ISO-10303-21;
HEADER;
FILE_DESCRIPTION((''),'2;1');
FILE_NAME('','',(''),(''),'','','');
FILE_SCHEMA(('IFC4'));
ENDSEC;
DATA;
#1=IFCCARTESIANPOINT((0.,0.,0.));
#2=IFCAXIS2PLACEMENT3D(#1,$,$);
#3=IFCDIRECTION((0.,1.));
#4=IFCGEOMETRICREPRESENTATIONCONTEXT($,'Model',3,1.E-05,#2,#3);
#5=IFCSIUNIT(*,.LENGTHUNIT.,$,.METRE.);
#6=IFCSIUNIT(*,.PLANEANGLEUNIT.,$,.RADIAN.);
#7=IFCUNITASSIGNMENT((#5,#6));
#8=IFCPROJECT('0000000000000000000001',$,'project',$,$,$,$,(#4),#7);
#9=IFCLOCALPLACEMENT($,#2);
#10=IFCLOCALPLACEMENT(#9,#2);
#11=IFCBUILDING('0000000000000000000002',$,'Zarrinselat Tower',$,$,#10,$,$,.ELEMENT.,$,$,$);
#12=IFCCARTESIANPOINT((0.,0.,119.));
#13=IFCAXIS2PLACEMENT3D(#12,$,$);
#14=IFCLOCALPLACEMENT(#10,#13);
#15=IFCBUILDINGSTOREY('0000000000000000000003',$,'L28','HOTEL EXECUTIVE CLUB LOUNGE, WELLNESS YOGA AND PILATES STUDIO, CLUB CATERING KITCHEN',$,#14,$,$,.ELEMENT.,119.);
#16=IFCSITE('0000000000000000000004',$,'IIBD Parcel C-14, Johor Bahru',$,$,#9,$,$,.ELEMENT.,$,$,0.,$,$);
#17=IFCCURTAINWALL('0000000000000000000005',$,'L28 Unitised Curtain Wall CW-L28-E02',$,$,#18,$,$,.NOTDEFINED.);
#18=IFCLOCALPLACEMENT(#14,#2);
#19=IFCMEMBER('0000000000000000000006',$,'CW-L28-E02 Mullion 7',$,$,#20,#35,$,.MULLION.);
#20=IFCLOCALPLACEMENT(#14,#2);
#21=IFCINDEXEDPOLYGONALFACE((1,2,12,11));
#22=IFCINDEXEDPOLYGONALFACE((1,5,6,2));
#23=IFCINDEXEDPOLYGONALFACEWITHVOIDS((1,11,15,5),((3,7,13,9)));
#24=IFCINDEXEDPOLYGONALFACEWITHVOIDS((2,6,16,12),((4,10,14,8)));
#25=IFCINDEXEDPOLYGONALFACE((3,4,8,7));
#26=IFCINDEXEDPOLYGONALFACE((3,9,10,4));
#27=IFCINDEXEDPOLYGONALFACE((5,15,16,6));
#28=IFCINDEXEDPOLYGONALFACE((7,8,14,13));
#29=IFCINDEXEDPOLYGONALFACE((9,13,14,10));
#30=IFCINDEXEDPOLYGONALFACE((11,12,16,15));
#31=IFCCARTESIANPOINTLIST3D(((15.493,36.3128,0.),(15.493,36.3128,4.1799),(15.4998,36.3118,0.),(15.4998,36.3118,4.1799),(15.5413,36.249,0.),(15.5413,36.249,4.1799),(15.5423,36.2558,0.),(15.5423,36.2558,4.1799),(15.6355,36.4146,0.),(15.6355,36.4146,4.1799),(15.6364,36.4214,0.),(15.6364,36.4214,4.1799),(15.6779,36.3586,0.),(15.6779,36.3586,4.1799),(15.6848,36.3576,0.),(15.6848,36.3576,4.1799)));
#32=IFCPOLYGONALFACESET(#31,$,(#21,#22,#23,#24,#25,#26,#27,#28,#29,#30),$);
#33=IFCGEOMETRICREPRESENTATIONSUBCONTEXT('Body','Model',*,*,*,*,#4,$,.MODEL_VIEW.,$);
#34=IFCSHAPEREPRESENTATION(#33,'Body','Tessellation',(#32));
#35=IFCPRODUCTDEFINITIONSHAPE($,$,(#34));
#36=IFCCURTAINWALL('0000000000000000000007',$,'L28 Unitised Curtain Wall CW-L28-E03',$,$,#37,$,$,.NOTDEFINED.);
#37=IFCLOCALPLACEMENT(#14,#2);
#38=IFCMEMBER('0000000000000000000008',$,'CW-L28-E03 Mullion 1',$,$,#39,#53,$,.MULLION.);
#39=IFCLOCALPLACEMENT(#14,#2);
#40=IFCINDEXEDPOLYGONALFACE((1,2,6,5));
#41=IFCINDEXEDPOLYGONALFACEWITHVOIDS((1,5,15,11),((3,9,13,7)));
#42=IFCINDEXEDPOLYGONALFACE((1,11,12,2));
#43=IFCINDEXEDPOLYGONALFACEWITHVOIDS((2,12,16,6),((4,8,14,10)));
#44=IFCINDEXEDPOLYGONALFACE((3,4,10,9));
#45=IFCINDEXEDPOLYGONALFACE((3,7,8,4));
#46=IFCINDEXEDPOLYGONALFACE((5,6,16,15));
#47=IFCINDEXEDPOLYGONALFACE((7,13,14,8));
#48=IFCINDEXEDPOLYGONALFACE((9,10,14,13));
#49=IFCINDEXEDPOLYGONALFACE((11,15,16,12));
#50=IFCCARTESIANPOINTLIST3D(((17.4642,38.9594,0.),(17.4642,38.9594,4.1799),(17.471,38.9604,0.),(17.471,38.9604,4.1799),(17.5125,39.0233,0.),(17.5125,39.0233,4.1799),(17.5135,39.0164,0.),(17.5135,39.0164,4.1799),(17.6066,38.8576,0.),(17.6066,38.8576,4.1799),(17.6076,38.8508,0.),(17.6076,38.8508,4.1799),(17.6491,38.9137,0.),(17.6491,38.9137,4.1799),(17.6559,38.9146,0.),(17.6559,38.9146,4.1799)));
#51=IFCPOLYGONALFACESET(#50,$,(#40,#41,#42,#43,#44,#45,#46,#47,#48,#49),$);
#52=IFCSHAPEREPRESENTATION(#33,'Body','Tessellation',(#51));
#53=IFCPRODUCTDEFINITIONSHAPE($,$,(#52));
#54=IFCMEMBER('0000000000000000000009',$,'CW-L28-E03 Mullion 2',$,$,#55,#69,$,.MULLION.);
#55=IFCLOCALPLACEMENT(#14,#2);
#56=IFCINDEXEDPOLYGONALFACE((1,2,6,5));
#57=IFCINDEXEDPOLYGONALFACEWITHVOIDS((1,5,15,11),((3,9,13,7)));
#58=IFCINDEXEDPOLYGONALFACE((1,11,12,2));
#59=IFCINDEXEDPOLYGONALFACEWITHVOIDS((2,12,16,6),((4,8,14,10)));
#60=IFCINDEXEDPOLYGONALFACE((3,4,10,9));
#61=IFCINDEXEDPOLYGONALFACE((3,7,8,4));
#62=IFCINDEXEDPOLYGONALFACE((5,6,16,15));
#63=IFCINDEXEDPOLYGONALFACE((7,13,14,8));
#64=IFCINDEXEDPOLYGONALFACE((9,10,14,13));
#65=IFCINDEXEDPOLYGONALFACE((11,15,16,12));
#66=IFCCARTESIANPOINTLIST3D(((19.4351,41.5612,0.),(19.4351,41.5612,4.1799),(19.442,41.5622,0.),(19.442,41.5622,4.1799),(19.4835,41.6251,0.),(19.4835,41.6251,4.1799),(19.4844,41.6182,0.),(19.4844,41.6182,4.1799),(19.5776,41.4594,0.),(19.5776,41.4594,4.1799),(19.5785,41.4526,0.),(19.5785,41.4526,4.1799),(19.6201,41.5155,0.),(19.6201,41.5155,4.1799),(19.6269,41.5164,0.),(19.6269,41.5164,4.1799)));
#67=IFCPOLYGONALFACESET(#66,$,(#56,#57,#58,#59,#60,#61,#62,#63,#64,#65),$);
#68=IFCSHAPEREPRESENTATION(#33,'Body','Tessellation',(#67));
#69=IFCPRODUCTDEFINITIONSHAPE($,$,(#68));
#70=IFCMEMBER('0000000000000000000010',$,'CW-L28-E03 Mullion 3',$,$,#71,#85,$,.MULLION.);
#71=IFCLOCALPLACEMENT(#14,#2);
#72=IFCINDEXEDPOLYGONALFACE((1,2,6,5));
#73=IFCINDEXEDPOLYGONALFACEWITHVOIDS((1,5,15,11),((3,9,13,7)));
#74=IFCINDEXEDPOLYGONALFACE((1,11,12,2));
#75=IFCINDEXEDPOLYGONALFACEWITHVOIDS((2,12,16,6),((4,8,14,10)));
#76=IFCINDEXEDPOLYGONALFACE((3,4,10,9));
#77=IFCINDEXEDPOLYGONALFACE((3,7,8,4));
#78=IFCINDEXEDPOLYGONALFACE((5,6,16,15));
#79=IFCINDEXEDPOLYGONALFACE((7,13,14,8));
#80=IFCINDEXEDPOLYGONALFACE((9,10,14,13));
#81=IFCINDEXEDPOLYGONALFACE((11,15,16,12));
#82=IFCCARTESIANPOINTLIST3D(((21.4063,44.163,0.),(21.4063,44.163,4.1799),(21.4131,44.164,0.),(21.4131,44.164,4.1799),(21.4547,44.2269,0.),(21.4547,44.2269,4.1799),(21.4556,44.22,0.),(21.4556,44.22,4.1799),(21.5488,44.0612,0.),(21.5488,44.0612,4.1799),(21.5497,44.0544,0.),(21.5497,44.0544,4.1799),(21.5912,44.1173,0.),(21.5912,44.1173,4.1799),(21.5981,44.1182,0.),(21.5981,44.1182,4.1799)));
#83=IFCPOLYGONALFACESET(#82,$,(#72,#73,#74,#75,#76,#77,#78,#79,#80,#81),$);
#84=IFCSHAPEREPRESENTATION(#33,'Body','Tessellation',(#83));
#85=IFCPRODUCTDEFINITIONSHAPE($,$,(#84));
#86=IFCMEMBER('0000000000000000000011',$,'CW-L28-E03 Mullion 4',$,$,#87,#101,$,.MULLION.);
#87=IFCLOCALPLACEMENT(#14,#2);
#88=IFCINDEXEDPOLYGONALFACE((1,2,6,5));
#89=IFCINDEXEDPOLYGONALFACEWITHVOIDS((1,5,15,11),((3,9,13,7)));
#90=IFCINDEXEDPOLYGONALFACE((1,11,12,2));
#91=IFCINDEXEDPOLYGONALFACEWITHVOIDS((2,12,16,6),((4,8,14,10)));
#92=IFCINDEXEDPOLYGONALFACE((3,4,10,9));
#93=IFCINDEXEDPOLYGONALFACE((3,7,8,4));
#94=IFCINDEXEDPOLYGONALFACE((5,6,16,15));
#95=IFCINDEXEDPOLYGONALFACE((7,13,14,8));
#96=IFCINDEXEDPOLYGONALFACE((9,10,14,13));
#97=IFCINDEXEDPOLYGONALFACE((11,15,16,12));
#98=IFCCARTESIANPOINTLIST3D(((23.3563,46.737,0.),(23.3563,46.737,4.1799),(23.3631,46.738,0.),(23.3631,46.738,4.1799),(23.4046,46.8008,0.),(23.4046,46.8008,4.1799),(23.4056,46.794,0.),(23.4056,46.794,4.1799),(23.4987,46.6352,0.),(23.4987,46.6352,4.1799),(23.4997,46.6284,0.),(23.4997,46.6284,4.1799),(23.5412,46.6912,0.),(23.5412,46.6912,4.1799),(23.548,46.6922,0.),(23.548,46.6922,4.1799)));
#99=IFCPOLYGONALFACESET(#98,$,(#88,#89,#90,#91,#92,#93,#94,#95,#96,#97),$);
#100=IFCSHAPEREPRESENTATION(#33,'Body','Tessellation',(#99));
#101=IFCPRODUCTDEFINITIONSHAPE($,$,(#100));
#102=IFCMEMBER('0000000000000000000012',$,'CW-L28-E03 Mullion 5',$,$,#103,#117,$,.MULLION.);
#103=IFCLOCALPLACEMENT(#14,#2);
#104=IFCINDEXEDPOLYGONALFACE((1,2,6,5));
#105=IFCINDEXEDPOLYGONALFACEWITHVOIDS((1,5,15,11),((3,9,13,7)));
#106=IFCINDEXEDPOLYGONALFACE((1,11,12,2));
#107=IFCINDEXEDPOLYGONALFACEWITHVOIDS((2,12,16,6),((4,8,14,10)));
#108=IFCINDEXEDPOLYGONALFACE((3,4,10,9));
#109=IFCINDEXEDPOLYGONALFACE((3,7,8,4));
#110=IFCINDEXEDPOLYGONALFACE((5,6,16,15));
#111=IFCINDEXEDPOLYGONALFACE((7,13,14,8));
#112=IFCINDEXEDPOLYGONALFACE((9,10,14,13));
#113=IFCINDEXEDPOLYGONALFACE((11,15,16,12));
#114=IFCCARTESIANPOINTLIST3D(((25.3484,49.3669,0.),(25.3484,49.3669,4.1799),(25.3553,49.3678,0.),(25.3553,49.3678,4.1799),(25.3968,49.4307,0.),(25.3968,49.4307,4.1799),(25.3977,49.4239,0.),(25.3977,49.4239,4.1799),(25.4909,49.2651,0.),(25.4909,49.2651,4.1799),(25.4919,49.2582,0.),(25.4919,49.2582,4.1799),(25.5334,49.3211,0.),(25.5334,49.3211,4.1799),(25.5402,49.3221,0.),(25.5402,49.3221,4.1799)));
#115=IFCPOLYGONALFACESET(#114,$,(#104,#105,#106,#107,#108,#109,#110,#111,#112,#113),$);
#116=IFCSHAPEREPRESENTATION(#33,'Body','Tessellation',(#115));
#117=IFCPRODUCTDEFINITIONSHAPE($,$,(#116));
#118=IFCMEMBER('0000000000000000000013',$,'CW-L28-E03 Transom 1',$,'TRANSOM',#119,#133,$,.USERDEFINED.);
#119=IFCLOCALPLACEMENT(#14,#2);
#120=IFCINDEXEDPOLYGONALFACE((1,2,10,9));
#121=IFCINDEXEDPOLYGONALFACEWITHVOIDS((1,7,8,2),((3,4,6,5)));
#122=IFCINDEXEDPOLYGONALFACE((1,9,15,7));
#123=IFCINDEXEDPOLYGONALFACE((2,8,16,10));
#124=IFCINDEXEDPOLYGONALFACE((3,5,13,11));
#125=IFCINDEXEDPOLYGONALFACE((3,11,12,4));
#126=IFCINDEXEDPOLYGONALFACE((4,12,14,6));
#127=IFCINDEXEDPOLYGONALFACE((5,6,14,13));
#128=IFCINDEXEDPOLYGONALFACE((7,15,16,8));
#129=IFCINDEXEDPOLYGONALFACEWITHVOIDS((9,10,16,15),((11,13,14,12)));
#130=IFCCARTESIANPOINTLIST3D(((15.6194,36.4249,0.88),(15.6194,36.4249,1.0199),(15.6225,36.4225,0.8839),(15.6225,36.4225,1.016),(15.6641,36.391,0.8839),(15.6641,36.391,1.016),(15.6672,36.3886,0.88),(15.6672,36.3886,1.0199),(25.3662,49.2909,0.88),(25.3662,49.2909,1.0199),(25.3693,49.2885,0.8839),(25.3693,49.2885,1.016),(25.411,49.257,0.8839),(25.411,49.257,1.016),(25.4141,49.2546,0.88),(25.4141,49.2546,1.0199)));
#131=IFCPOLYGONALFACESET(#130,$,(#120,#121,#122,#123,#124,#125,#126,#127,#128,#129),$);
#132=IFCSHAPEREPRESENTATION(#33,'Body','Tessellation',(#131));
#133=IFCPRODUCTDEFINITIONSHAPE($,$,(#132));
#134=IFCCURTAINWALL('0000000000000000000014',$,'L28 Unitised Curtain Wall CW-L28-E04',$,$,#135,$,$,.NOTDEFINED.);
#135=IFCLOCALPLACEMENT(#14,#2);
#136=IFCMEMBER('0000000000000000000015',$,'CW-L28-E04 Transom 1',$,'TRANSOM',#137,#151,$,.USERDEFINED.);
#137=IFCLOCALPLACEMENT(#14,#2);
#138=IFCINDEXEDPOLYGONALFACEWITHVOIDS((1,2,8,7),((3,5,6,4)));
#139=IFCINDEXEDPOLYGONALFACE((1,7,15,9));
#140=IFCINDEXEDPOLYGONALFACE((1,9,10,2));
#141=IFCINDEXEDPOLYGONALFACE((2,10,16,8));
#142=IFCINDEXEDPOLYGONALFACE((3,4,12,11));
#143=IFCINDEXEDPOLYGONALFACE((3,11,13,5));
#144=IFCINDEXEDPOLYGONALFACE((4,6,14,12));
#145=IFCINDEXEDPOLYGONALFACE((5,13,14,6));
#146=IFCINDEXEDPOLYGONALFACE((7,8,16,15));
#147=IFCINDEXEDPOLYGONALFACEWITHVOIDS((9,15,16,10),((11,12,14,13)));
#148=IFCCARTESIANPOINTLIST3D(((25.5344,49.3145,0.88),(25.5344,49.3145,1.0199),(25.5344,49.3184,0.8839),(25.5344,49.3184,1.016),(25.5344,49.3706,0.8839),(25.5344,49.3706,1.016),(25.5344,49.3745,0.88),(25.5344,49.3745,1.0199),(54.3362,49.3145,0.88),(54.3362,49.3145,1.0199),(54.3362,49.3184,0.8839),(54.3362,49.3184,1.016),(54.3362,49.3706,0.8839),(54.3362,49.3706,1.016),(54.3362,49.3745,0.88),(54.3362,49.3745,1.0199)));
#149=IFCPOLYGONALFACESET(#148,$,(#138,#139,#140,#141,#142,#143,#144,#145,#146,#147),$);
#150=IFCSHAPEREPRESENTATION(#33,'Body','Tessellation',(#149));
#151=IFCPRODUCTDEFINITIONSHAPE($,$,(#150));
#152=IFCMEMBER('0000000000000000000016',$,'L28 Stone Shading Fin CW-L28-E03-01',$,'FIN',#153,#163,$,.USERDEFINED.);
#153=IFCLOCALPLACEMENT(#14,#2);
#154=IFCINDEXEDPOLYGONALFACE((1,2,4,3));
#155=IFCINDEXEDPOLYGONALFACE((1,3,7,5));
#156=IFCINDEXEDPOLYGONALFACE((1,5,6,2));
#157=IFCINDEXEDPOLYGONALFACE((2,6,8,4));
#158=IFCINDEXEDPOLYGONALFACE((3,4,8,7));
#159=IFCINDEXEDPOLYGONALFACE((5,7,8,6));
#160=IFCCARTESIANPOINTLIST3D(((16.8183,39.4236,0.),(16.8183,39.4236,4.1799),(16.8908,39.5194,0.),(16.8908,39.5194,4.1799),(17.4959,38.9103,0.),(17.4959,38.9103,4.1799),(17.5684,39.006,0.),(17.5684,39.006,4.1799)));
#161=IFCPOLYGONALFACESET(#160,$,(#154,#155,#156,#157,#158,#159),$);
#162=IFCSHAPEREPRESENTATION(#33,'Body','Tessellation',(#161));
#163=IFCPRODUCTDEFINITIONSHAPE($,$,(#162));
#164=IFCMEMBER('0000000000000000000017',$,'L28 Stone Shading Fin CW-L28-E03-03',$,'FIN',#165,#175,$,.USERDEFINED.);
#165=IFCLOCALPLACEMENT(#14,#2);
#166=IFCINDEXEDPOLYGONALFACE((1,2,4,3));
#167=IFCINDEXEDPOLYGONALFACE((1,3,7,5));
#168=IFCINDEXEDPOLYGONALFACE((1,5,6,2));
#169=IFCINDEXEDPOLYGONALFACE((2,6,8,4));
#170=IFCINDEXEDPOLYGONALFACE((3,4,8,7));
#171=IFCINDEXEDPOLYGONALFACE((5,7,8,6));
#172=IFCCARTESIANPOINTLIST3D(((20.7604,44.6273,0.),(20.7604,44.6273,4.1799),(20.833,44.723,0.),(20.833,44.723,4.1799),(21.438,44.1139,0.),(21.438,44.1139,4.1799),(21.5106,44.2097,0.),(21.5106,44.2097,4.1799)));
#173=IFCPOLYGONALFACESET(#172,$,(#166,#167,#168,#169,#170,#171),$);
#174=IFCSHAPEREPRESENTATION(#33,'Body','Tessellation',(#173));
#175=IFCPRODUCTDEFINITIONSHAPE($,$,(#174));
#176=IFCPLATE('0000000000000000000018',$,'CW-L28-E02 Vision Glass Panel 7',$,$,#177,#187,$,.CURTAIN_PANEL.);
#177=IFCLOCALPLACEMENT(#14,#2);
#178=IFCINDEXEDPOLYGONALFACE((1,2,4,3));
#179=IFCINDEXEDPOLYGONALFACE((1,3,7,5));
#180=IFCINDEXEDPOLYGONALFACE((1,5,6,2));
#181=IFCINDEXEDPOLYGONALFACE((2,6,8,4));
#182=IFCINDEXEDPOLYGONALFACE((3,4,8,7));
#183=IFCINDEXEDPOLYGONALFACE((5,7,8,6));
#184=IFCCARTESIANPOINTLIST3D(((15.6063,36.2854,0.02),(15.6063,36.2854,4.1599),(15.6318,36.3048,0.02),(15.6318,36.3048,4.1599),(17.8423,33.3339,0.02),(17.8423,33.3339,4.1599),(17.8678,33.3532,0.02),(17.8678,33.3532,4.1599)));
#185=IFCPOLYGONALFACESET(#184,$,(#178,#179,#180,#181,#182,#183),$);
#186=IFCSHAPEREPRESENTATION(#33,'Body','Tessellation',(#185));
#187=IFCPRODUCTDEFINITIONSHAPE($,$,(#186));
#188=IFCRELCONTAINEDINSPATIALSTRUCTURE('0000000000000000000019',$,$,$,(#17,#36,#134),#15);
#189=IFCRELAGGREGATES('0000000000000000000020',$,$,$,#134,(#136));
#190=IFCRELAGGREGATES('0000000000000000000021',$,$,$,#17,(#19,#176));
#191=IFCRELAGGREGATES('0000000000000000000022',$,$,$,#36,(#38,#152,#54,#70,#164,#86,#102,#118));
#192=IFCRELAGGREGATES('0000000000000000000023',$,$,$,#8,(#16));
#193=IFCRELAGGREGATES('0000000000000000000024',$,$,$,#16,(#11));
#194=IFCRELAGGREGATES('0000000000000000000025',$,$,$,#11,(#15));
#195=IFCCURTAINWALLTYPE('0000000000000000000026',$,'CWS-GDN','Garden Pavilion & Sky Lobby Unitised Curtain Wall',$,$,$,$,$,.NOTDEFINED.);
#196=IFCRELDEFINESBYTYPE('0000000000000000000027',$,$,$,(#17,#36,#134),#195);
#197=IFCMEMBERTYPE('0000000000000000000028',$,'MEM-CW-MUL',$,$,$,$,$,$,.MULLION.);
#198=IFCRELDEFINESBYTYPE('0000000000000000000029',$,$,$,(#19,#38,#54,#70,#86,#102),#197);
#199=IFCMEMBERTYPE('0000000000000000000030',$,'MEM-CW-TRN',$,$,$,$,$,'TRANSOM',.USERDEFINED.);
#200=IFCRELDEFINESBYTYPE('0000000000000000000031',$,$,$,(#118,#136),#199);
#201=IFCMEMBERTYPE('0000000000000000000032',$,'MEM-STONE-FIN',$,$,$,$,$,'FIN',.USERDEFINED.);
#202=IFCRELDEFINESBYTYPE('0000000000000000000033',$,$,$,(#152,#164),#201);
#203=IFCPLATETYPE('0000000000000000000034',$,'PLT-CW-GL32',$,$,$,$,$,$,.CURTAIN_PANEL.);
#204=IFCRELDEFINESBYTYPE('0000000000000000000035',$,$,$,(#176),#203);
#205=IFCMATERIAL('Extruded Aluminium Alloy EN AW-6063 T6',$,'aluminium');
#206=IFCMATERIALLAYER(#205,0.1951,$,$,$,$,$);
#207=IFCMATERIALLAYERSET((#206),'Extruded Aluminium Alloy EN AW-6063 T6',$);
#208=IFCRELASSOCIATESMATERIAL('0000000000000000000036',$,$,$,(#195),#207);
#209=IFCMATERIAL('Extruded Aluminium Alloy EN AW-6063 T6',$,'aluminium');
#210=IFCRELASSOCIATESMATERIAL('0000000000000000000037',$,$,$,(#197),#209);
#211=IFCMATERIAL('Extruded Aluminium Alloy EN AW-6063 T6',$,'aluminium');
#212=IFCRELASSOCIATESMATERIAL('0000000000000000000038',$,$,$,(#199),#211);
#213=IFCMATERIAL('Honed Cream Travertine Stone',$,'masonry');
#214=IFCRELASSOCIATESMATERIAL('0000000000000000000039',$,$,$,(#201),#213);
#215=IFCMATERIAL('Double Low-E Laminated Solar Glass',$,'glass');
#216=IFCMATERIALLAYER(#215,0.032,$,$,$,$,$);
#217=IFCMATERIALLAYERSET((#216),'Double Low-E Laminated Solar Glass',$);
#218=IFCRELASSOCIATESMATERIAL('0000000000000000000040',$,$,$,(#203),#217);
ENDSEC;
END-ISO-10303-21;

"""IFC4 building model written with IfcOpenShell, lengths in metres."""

from ifc_helpers import new_model, si_unit, direction, frame, origin, origin_2d, place, context, subcontext, project, spatial, rectangle, hollow_rectangle, extrude, material, layer, layer_set, material_profile, profile_set, type_object, element, aggregate, save


model = new_model("IFC4")

# Units and contexts
model_context = context("Model", 3, precision=1e-05, world=origin(), true_north=direction((0.0, 1.0)))
body_context = subcontext(model_context, "Body", "Model", "MODEL_VIEW")
ifc_project = project(units=[si_unit("LENGTHUNIT", "METRE"), si_unit("PLANEANGLEUNIT", "RADIAN")], contexts=[model_context])

# Site, building, storey
site_placement = place(None, origin())
site = spatial("IfcSite", under=ifc_project, at=site_placement, Name="IIBD Parcel C-14, Johor Bahru", CompositionType="ELEMENT", RefElevation=0.0)
building_placement = place(site_placement, origin())
building = spatial("IfcBuilding", under=site, at=building_placement, Name="Zarrinselat Tower", CompositionType="ELEMENT")
storey_placement = place(building_placement, frame((0.0, 0.0, 119.0)))
storey = spatial("IfcBuildingStorey", under=building, at=storey_placement, Name="L28", Description="HOTEL EXECUTIVE CLUB LOUNGE, WELLNESS YOGA AND PILATES STUDIO, CLUB CATERING KITCHEN", CompositionType="ELEMENT", Elevation=119.0)

# Curtain wall, member
ifc_material_1 = material(Name="Extruded Aluminium Alloy EN AW-6063 T6", Category="aluminium")
ifc_layer_1 = layer(ifc_material_1, 0.1951)
ifc_layer_set_1 = layer_set([ifc_layer_1], Name="Extruded Aluminium Alloy EN AW-6063 T6")
curtain_wall_type = type_object("IfcCurtainWallType", Name="CWS-GDN", Description="Garden Pavilion & Sky Lobby Unitised Curtain Wall", PredefinedType="NOTDEFINED", material=ifc_layer_set_1)
curtain_wall_1_placement = place(storey_placement, origin())
curtain_wall_1 = element("IfcCurtainWall", 1, at=curtain_wall_1_placement, inside=storey, type_object=curtain_wall_type, Name="L28 Unitised Curtain Wall CW-L28-E02", PredefinedType="NOTDEFINED")
ifc_material_2 = material(Name="Extruded Aluminium Alloy EN AW-6063 T6", Category="aluminium")
ifc_material_profile_1 = material_profile(ifc_material_2, hollow_rectangle(XDim=0.0801, YDim=0.1799, WallThickness=0.0049, at=origin_2d()), Name="RHS 180x80x5")
ifc_profile_set_1 = profile_set([ifc_material_profile_1], Name="Extruded Aluminium Alloy EN AW-6063 T6")
member_type_1 = type_object("IfcMemberType", Name="MEM-CW-MUL", PredefinedType="MULLION", material=ifc_profile_set_1)
member_1_placement = place(storey_placement, frame((15.5889, 36.3352, 0.0), z_axis=(0.0, 0.0, 1.0), x_axis=(-0.603858, 0.797092, 0.0)))
member_1 = element("IfcMember", 2, at=member_1_placement, type_object=member_type_1, Name="CW-L28-E02 Mullion 7", PredefinedType="MULLION", context=body_context, shape_type="SweptSolid", body=[
    extrude(hollow_rectangle(XDim=0.0801, YDim=0.1799, WallThickness=0.0049, at=origin_2d()), origin(), (0.0, 0.0, 1.0), 4.1799),
])

# Curtain wall, members
curtain_wall_2_placement = place(storey_placement, origin())
curtain_wall_2 = element("IfcCurtainWall", 3, at=curtain_wall_2_placement, inside=storey, type_object=curtain_wall_type, Name="L28 Unitised Curtain Wall CW-L28-E03", PredefinedType="NOTDEFINED")
member_2_placement = place(storey_placement, frame((17.5601, 38.937, 0.0), z_axis=(0.0, 0.0, 1.0), x_axis=(0.603857, 0.797093, 0.0)))
member_2 = element("IfcMember", 4, at=member_2_placement, type_object=member_type_1, Name="CW-L28-E03 Mullion 1", PredefinedType="MULLION", context=body_context, shape_type="SweptSolid", body=[
    extrude(hollow_rectangle(XDim=0.0801, YDim=0.1799, WallThickness=0.0049, at=origin_2d()), origin(), (0.0, 0.0, 1.0), 4.1799),
])
member_3_placement = place(storey_placement, frame((19.531, 41.5388, 0.0), z_axis=(0.0, 0.0, 1.0), x_axis=(0.603857, 0.797093, 0.0)))
member_3 = element("IfcMember", 5, at=member_3_placement, type_object=member_type_1, Name="CW-L28-E03 Mullion 2", PredefinedType="MULLION", context=body_context, shape_type="SweptSolid", body=[
    extrude(hollow_rectangle(XDim=0.0801, YDim=0.1799, WallThickness=0.0049, at=origin_2d()), origin(), (0.0, 0.0, 1.0), 4.1799),
])
member_4_placement = place(storey_placement, frame((21.5022, 44.1406, 0.0), z_axis=(0.0, 0.0, 1.0), x_axis=(0.603857, 0.797093, 0.0)))
member_4 = element("IfcMember", 6, at=member_4_placement, type_object=member_type_1, Name="CW-L28-E03 Mullion 3", PredefinedType="MULLION", context=body_context, shape_type="SweptSolid", body=[
    extrude(hollow_rectangle(XDim=0.0801, YDim=0.1799, WallThickness=0.0049, at=origin_2d()), origin(), (0.0, 0.0, 1.0), 4.1799),
])
member_5_placement = place(storey_placement, frame((23.4521, 46.7146, 0.0), z_axis=(0.0, 0.0, 1.0), x_axis=(0.603857, 0.797093, 0.0)))
member_5 = element("IfcMember", 7, at=member_5_placement, type_object=member_type_1, Name="CW-L28-E03 Mullion 4", PredefinedType="MULLION", context=body_context, shape_type="SweptSolid", body=[
    extrude(hollow_rectangle(XDim=0.0801, YDim=0.1799, WallThickness=0.0049, at=origin_2d()), origin(), (0.0, 0.0, 1.0), 4.1799),
])
member_6_placement = place(storey_placement, frame((25.4443, 49.3445, 0.0), z_axis=(0.0, 0.0, 1.0), x_axis=(0.603857, 0.797093, 0.0)))
member_6 = element("IfcMember", 8, at=member_6_placement, type_object=member_type_1, Name="CW-L28-E03 Mullion 5", PredefinedType="MULLION", context=body_context, shape_type="SweptSolid", body=[
    extrude(hollow_rectangle(XDim=0.0801, YDim=0.1799, WallThickness=0.0049, at=origin_2d()), origin(), (0.0, 0.0, 1.0), 4.1799),
])
ifc_material_3 = material(Name="Extruded Aluminium Alloy EN AW-6063 T6", Category="aluminium")
ifc_material_profile_2 = material_profile(ifc_material_3, hollow_rectangle(XDim=0.0601, YDim=0.1399, WallThickness=0.0039, at=origin_2d()), Name="RHS 140x60x4")
ifc_profile_set_2 = profile_set([ifc_material_profile_2], Name="Extruded Aluminium Alloy EN AW-6063 T6")
member_type_2 = type_object("IfcMemberType", Name="MEM-CW-TRN", ElementType="TRANSOM", PredefinedType="USERDEFINED", material=ifc_profile_set_2)
member_7_placement = place(storey_placement, frame((15.6433, 36.4067, 0.95), z_axis=(0.603853, 0.797096, 0.0), x_axis=(-0.797096, 0.603853, 0.0)))
member_7 = element("IfcMember", 9, at=member_7_placement, type_object=member_type_2, Name="CW-L28-E03 Transom 1", ObjectType="TRANSOM", PredefinedType="USERDEFINED", context=body_context, shape_type="SweptSolid", body=[
    extrude(hollow_rectangle(XDim=0.0601, YDim=0.1399, WallThickness=0.0039, at=origin_2d()), origin(), (0.0, 0.0, 1.0), 16.1411),
])

# Curtain wall, member
curtain_wall_3_placement = place(storey_placement, origin())
curtain_wall_3 = element("IfcCurtainWall", 10, at=curtain_wall_3_placement, inside=storey, type_object=curtain_wall_type, Name="L28 Unitised Curtain Wall CW-L28-E04", PredefinedType="NOTDEFINED")
member_8_placement = place(storey_placement, frame((25.5344, 49.3445, 0.95), z_axis=(1.0, 0.0, 0.0), x_axis=(0.0, 1.0, 0.0)))
member_8 = element("IfcMember", 11, at=member_8_placement, type_object=member_type_2, Name="CW-L28-E04 Transom 1", ObjectType="TRANSOM", PredefinedType="USERDEFINED", context=body_context, shape_type="SweptSolid", body=[
    extrude(hollow_rectangle(XDim=0.0601, YDim=0.1399, WallThickness=0.0039, at=origin_2d()), origin(), (0.0, 0.0, 1.0), 28.8018),
])
aggregate(curtain_wall_3, [member_8])

# Members
ifc_material_4 = material(Name="Honed Cream Travertine Stone", Category="masonry")
ifc_material_profile_3 = material_profile(ifc_material_4, rectangle(XDim=0.1201, YDim=0.8501, at=origin_2d()), Name="FIN 850x120")
ifc_profile_set_3 = profile_set([ifc_material_profile_3], Name="Honed Cream Travertine Stone")
member_type_3 = type_object("IfcMemberType", Name="MEM-STONE-FIN", ElementType="FIN", PredefinedType="USERDEFINED", material=ifc_profile_set_3)
member_9_placement = place(storey_placement, frame((17.1934, 39.2148, 0.0), z_axis=(0.0, 0.0, 1.0), x_axis=(0.603857, 0.797093, 0.0)))
member_9 = element("IfcMember", 12, at=member_9_placement, type_object=member_type_3, Name="L28 Stone Shading Fin CW-L28-E03-01", ObjectType="FIN", PredefinedType="USERDEFINED", context=body_context, shape_type="SweptSolid", body=[
    extrude(rectangle(XDim=0.1201, YDim=0.8501, at=origin_2d()), origin(), (0.0, 0.0, 1.0), 4.1799),
])
member_10_placement = place(storey_placement, frame((21.1355, 44.4185, 0.0), z_axis=(0.0, 0.0, 1.0), x_axis=(0.603857, 0.797093, 0.0)))
member_10 = element("IfcMember", 13, at=member_10_placement, type_object=member_type_3, Name="L28 Stone Shading Fin CW-L28-E03-03", ObjectType="FIN", PredefinedType="USERDEFINED", context=body_context, shape_type="SweptSolid", body=[
    extrude(rectangle(XDim=0.1201, YDim=0.8501, at=origin_2d()), origin(), (0.0, 0.0, 1.0), 4.1799),
])

# Plate
ifc_material_5 = material(Name="Double Low-E Laminated Solar Glass", Category="glass")
ifc_layer_2 = layer(ifc_material_5, 0.032)
ifc_layer_set_2 = layer_set([ifc_layer_2], Name="Double Low-E Laminated Solar Glass")
plate_type = type_object("IfcPlateType", Name="PLT-CW-GL32", PredefinedType="CURTAIN_PANEL", material=ifc_layer_set_2)
plate_1_placement = place(storey_placement, frame((16.7371, 34.8193, 0.02), z_axis=(0.0, 0.0, 1.0), x_axis=(-0.603858, 0.797092, 0.0)))
plate_1 = element("IfcPlate", 14, at=plate_1_placement, type_object=plate_type, Name="CW-L28-E02 Vision Glass Panel 7", PredefinedType="CURTAIN_PANEL", context=body_context, shape_type="SweptSolid", body=[
    extrude(rectangle(XDim=3.7029, YDim=0.032, at=origin_2d()), origin(), (0.0, 0.0, 1.0), 4.1399),
])
aggregate(curtain_wall_1, [member_1, plate_1])
aggregate(curtain_wall_2, [member_2, member_9, member_3, member_4, member_10, member_5, member_6, member_7])

save(model, "model.ifc")
